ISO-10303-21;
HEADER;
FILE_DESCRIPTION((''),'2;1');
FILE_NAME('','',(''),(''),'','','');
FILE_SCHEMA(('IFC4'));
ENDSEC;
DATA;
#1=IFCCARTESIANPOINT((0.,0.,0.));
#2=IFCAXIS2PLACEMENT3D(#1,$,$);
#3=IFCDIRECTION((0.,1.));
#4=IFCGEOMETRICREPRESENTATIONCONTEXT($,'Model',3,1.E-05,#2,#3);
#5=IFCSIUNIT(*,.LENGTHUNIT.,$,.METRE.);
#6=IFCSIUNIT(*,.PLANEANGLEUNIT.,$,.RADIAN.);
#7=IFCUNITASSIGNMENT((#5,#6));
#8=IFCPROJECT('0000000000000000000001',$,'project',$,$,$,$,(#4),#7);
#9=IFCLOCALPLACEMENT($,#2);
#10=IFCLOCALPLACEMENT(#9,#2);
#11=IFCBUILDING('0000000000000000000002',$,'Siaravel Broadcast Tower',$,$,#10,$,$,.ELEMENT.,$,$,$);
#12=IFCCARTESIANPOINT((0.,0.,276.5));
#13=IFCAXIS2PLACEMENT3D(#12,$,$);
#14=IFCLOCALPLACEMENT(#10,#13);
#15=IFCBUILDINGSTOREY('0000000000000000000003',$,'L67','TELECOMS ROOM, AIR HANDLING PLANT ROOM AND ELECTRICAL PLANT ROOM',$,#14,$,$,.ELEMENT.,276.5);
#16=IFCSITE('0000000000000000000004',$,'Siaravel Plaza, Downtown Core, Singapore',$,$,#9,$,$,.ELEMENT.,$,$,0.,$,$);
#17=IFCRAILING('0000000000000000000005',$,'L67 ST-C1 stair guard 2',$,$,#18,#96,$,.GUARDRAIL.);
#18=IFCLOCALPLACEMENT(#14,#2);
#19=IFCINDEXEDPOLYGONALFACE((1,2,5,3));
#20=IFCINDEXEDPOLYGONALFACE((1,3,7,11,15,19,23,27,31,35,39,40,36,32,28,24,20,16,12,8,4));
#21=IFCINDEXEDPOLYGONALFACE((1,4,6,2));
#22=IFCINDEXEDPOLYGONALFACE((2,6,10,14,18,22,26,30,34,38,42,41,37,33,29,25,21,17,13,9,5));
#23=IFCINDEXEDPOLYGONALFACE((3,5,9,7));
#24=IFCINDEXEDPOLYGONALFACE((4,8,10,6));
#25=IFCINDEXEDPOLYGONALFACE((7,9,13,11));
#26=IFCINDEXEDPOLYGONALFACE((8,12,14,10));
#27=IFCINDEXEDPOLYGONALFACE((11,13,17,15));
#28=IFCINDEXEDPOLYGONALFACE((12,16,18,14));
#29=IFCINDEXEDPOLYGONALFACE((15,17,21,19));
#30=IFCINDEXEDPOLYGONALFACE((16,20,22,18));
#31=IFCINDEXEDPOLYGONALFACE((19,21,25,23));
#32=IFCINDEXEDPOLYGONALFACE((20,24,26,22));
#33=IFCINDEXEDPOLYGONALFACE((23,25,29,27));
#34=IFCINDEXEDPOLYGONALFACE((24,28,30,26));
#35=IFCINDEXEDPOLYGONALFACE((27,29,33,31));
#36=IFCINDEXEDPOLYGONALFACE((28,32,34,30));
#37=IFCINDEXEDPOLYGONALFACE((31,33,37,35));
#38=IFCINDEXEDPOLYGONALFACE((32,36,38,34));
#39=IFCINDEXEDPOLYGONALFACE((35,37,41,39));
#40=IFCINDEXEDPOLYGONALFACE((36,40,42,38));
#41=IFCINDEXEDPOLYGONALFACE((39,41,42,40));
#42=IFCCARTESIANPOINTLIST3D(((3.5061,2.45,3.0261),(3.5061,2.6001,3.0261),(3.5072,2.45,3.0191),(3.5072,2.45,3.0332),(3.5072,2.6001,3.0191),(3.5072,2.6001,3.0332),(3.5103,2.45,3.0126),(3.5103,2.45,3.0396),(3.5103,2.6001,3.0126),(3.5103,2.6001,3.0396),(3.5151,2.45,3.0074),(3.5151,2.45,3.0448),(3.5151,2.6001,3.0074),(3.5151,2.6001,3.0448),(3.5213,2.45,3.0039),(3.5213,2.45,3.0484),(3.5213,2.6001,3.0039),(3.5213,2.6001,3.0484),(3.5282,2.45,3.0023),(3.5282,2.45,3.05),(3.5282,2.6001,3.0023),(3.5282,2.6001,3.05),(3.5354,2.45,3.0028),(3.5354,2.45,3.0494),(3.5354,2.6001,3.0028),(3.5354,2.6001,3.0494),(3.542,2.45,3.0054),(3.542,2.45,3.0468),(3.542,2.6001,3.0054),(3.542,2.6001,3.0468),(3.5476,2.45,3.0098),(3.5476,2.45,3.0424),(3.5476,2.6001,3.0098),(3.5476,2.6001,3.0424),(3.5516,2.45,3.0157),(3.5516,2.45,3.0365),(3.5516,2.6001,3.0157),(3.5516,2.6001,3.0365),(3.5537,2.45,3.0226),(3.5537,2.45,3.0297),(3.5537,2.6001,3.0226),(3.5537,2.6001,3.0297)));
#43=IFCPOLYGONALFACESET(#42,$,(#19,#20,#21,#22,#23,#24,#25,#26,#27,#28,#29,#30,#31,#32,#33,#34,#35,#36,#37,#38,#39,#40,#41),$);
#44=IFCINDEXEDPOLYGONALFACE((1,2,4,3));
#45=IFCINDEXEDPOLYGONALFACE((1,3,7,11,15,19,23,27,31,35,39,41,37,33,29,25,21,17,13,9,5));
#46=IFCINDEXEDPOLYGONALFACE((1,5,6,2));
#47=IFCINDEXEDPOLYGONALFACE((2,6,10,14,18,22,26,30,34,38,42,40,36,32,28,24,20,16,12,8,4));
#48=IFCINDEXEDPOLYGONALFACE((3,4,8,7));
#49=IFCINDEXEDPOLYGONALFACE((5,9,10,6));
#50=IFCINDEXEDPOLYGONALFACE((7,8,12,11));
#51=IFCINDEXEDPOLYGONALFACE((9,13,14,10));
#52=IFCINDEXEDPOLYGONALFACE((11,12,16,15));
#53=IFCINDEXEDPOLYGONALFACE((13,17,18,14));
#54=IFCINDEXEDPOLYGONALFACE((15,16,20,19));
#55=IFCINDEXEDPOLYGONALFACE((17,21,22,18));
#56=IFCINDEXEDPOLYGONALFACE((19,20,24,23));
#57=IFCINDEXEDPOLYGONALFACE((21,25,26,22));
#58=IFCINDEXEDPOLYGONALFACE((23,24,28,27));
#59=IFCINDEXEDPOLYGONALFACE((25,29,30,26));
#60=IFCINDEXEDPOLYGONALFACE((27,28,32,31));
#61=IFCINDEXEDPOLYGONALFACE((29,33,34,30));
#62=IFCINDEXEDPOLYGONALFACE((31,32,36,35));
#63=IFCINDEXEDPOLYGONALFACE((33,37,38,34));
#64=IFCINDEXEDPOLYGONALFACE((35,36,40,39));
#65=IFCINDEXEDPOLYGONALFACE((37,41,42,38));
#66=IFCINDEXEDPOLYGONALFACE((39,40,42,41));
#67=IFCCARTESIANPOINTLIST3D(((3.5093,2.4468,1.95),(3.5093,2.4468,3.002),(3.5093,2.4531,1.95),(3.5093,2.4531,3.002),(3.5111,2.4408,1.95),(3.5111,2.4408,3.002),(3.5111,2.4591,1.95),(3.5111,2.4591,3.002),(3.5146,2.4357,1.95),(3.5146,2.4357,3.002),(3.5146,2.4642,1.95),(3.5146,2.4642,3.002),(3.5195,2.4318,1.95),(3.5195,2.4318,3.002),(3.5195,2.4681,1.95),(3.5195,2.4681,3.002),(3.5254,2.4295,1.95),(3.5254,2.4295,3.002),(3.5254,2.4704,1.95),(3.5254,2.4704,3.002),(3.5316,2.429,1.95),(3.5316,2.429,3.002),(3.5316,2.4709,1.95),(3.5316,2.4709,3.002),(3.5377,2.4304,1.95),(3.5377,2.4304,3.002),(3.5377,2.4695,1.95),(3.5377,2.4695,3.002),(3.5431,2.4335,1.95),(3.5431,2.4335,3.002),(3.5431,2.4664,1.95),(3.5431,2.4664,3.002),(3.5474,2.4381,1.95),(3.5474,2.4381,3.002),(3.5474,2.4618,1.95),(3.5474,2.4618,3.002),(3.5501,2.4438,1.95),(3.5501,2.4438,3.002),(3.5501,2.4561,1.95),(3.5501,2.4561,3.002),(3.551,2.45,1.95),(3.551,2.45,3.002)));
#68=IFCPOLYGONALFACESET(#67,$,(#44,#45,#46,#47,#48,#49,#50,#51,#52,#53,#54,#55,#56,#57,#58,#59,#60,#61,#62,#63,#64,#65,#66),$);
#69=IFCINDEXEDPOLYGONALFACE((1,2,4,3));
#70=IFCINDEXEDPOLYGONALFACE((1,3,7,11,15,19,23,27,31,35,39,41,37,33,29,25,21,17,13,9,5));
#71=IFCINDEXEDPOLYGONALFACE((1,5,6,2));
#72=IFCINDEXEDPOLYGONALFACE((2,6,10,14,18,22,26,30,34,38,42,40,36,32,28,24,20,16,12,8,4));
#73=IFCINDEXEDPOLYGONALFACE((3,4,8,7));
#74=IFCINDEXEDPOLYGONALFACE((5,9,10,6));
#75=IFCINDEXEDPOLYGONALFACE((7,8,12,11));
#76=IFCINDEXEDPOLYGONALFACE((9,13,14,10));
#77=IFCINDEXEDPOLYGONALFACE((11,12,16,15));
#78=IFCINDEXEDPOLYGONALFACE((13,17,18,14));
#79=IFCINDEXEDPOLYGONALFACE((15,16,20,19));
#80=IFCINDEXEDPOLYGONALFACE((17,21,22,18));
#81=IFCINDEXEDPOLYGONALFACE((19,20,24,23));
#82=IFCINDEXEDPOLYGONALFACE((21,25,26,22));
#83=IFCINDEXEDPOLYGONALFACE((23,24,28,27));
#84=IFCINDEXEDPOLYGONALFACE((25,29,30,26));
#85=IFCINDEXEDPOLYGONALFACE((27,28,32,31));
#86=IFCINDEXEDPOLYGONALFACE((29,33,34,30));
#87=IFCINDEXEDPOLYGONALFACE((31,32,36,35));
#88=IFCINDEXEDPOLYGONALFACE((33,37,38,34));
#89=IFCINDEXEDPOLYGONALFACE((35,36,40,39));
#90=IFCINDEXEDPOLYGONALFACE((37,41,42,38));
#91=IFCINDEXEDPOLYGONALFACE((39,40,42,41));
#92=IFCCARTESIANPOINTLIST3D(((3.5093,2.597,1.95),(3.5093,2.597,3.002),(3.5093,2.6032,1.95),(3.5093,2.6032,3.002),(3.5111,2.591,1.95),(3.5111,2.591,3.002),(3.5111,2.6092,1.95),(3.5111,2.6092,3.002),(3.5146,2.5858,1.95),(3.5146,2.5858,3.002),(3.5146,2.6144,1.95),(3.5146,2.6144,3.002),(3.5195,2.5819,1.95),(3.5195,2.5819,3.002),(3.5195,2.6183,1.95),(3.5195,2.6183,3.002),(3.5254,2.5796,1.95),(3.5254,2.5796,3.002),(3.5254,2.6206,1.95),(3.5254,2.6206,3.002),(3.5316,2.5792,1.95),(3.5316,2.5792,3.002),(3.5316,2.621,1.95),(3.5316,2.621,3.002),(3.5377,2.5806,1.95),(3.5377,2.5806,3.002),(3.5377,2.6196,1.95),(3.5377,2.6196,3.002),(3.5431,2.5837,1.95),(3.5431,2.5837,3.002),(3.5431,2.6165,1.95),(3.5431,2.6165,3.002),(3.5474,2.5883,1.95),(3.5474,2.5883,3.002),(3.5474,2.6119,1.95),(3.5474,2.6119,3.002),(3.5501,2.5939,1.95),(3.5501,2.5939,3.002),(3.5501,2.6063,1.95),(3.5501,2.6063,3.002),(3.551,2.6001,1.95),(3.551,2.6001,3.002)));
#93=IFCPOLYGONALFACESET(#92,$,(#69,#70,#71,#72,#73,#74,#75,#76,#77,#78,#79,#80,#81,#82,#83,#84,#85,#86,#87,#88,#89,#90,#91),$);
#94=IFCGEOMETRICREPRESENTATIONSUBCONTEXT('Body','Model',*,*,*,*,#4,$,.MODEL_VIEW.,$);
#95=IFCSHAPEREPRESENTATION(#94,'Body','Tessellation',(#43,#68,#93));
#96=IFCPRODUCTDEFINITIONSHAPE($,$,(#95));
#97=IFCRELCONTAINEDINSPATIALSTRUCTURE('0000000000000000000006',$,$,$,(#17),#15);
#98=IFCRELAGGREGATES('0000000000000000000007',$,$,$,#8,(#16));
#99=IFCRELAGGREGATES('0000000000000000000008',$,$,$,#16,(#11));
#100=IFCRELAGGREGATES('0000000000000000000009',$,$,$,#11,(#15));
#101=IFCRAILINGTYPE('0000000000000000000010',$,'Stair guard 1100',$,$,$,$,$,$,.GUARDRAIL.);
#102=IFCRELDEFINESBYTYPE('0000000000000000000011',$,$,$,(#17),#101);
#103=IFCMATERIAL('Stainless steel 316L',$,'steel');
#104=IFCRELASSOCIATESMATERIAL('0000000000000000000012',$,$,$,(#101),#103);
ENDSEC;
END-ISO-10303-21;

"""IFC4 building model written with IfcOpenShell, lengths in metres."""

from ifc_helpers import new_model, si_unit, direction, frame, origin, origin_2d, place, context, subcontext, project, spatial, circle, extrude, material, type_object, element, save


model = new_model("IFC4")

# Units and contexts
model_context = context("Model", 3, precision=1e-05, world=origin(), true_north=direction((0.0, 1.0)))
body_context = subcontext(model_context, "Body", "Model", "MODEL_VIEW")
ifc_project = project(units=[si_unit("LENGTHUNIT", "METRE"), si_unit("PLANEANGLEUNIT", "RADIAN")], contexts=[model_context])

# Site, building, storey
site_placement = place(None, origin())
site = spatial("IfcSite", under=ifc_project, at=site_placement, Name="Siaravel Plaza, Downtown Core, Singapore", CompositionType="ELEMENT", RefElevation=0.0)
building_placement = place(site_placement, origin())
building = spatial("IfcBuilding", under=site, at=building_placement, Name="Siaravel Broadcast Tower", CompositionType="ELEMENT")
storey_placement = place(building_placement, frame((0.0, 0.0, 276.5)))
storey = spatial("IfcBuildingStorey", under=building, at=storey_placement, Name="L67", Description="TELECOMS ROOM, AIR HANDLING PLANT ROOM AND ELECTRICAL PLANT ROOM", CompositionType="ELEMENT", Elevation=276.5)

# Railing
ifc_material_1 = material(Name="Stainless steel 316L", Category="steel")
railing_type_1 = type_object("IfcRailingType", Name="Stair guard 1100", PredefinedType="GUARDRAIL", material=ifc_material_1)
railing_1_placement = place(storey_placement, frame((3.53, 2.45, 1.95)))
element("IfcRailing", 1, at=railing_1_placement, inside=storey, type_object=railing_type_1, Name="L67 ST-C1 stair guard 2", PredefinedType="GUARDRAIL", context=body_context, shape_type="SweptSolid", body=[
    extrude(circle(Radius=0.0239, at=origin_2d()), frame((0.0, 0.0, 1.0762), z_axis=(0.0, 1.0, 0.0), x_axis=(-1.0, 0.0, 0.0)), (0.0, 0.0, 1.0), 0.1501),
    extrude(circle(Radius=0.021, at=origin_2d()), origin(), (0.0, 0.0, 1.0), 1.052),
    extrude(circle(Radius=0.021, at=origin_2d()), frame((0.0, 0.1501, 0.0)), (0.0, 0.0, 1.0), 1.052),
])

save(model, "model.ifc")
